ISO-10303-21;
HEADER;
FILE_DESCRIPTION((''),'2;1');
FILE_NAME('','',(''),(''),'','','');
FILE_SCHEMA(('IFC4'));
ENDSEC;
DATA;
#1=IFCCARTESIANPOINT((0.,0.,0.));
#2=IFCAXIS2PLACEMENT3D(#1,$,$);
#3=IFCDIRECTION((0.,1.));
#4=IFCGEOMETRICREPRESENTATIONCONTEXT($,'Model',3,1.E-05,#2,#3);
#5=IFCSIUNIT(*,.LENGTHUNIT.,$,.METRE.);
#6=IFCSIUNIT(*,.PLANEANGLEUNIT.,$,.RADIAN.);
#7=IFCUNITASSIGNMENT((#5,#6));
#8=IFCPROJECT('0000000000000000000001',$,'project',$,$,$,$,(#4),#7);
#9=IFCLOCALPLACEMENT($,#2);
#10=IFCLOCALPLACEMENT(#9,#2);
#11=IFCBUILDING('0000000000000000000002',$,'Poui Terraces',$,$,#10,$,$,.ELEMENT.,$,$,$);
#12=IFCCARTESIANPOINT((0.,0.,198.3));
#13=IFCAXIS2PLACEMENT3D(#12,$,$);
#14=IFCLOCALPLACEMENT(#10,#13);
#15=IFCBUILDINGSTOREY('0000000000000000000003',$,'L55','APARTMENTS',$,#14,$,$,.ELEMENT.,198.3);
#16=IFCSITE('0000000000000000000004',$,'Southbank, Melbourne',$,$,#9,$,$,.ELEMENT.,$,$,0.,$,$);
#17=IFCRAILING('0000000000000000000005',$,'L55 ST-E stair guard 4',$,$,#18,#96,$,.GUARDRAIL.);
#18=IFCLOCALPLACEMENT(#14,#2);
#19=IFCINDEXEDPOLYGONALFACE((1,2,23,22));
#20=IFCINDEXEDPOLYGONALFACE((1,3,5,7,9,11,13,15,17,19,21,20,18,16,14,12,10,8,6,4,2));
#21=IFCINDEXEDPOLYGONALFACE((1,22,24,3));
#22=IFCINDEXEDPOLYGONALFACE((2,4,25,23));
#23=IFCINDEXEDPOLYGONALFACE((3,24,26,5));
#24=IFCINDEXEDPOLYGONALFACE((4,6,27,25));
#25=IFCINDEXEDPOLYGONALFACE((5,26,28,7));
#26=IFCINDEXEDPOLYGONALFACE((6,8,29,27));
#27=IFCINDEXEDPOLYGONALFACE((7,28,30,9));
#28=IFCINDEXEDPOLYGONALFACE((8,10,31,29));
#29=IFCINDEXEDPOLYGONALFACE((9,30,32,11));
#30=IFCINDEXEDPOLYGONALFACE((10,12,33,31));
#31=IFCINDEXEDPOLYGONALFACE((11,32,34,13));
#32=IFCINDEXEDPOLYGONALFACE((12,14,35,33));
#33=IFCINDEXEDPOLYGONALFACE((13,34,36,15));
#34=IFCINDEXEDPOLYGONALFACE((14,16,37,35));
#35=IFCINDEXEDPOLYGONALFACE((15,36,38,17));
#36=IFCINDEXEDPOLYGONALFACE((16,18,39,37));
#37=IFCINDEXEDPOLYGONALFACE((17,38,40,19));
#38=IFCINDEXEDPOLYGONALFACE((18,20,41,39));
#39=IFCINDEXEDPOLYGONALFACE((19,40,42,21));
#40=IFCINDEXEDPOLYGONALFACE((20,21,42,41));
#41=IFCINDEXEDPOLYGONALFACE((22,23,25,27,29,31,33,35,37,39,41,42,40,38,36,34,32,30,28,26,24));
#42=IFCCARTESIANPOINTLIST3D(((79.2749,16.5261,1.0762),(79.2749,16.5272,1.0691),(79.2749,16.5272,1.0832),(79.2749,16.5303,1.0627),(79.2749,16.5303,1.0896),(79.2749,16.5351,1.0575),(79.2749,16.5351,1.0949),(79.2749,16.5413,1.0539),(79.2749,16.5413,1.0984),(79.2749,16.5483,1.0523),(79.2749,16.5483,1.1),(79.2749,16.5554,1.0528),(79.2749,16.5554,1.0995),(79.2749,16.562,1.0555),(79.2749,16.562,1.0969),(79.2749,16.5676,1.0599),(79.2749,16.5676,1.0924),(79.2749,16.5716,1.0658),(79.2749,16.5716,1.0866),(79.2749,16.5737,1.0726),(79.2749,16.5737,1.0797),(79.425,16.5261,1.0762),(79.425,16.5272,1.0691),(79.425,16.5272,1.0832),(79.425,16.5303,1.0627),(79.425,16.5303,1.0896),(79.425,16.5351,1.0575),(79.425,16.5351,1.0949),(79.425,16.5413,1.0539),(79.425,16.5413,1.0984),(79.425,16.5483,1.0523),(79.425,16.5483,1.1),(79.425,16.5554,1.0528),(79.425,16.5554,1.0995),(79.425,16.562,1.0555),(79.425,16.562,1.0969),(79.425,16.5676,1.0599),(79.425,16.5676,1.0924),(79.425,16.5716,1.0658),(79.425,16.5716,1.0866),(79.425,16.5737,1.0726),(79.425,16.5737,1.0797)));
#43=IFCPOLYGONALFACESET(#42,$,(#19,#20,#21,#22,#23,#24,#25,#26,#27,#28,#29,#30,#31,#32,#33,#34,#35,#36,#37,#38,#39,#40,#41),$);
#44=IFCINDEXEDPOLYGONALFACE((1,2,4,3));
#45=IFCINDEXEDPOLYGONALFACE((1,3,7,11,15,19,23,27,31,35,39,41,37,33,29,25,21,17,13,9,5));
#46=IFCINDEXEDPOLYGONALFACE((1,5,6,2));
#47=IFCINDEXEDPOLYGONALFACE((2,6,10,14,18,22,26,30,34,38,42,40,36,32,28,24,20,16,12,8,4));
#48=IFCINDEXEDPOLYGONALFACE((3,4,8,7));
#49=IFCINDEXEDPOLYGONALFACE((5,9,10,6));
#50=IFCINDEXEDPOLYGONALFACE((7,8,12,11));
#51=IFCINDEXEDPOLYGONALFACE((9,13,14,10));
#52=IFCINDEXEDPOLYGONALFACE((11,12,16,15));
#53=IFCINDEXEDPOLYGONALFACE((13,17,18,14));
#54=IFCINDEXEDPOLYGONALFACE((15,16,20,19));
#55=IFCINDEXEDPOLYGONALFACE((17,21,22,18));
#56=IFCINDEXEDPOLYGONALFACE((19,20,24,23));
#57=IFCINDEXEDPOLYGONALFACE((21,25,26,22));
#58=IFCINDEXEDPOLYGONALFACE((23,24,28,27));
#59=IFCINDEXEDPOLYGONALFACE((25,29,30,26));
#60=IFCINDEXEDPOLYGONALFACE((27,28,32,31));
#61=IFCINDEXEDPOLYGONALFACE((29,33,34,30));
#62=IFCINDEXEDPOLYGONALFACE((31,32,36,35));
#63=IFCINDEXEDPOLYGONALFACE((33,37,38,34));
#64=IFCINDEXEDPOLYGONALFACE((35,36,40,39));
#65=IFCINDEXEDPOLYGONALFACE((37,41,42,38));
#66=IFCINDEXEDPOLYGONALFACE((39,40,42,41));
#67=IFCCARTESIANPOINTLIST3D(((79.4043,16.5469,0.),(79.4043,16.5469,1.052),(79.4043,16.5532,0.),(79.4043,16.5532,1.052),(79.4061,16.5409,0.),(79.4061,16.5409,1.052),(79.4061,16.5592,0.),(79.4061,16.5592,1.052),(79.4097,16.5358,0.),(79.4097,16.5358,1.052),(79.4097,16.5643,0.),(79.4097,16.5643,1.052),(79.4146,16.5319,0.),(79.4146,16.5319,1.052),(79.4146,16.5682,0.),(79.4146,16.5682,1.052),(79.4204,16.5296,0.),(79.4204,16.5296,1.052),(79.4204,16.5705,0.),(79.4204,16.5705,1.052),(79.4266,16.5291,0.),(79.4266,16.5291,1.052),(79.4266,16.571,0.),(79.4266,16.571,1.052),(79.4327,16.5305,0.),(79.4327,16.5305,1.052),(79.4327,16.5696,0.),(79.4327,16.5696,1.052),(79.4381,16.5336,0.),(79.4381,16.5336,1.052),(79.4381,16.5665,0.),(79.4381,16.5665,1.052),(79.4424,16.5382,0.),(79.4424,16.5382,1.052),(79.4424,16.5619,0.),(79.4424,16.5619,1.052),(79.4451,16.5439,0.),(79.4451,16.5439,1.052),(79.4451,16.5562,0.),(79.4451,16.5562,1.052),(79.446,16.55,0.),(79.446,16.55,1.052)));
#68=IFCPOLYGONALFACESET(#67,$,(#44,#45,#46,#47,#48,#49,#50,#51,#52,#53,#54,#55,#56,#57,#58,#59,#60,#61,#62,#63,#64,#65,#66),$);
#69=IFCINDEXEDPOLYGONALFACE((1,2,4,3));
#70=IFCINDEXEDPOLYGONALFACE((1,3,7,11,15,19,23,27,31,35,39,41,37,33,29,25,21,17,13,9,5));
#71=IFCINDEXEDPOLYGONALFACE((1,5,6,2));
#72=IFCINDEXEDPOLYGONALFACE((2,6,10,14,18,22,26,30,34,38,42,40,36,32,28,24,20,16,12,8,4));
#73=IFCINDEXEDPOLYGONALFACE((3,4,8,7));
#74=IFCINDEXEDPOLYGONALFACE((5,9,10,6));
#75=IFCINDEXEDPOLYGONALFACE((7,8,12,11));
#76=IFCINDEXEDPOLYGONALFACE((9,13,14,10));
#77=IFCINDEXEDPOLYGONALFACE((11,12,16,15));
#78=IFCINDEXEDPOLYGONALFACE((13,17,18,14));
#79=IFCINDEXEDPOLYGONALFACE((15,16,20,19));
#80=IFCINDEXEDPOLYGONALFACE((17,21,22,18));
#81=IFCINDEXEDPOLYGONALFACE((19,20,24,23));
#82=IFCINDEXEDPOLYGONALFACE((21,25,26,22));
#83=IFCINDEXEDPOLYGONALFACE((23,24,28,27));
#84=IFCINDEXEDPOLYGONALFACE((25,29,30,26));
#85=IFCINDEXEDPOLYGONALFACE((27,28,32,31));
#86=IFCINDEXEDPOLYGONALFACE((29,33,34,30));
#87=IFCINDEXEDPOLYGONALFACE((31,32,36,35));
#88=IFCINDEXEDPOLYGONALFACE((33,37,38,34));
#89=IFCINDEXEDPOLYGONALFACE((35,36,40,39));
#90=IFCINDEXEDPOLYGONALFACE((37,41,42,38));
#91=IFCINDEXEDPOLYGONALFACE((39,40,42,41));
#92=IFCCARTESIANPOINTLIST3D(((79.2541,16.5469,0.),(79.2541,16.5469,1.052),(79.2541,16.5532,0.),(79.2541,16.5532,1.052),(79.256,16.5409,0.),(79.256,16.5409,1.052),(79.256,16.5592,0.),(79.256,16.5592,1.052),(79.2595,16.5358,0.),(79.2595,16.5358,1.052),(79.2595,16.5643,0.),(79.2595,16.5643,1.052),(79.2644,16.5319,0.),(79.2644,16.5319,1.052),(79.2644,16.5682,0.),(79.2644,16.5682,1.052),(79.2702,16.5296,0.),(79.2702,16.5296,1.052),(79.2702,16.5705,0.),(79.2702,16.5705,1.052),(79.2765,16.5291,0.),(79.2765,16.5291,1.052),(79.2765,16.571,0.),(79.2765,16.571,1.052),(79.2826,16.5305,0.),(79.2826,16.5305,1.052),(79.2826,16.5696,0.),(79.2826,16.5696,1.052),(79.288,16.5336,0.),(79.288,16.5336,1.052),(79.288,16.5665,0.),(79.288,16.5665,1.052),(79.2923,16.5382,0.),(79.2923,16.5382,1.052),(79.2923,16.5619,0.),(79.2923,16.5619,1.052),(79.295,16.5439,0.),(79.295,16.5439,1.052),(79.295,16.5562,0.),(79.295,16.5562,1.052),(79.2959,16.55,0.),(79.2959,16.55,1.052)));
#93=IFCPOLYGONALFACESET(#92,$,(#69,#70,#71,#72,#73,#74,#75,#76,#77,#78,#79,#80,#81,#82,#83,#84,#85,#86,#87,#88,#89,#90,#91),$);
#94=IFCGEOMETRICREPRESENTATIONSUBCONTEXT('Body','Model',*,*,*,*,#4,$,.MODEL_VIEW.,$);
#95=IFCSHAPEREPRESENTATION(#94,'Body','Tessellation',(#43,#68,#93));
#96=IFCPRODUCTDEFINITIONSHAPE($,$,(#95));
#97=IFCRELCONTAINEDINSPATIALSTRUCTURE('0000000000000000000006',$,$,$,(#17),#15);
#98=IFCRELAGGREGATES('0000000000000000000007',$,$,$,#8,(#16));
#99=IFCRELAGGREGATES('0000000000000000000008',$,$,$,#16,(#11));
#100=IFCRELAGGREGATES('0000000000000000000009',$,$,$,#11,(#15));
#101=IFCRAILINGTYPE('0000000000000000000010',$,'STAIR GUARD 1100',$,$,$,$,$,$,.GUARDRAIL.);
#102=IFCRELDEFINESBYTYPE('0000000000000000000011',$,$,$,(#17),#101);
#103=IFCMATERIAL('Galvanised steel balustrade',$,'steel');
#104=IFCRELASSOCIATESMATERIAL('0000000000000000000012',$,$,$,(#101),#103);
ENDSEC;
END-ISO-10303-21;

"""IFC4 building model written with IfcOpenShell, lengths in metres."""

from ifc_helpers import new_model, si_unit, direction, frame, origin, origin_2d, place, context, subcontext, project, spatial, circle, extrude, material, type_object, element, save


model = new_model("IFC4")

# Units and contexts
model_context = context("Model", 3, precision=1e-05, world=origin(), true_north=direction((0.0, 1.0)))
body_context = subcontext(model_context, "Body", "Model", "MODEL_VIEW")
ifc_project = project(units=[si_unit("LENGTHUNIT", "METRE"), si_unit("PLANEANGLEUNIT", "RADIAN")], contexts=[model_context])

# Site, building, storey
site_placement = place(None, origin())
site = spatial("IfcSite", under=ifc_project, at=site_placement, Name="Southbank, Melbourne", CompositionType="ELEMENT", RefElevation=0.0)
building_placement = place(site_placement, origin())
building = spatial("IfcBuilding", under=site, at=building_placement, Name="Poui Terraces", CompositionType="ELEMENT")
storey_placement = place(building_placement, frame((0.0, 0.0, 198.3)))
storey = spatial("IfcBuildingStorey", under=building, at=storey_placement, Name="L55", Description="APARTMENTS", CompositionType="ELEMENT", Elevation=198.3)

# Railing
ifc_material_1 = material(Name="Galvanised steel balustrade", Category="steel")
railing_type_1 = type_object("IfcRailingType", Name="STAIR GUARD 1100", PredefinedType="GUARDRAIL", material=ifc_material_1)
railing_1_placement = place(storey_placement, frame((79.425, 16.55, 0.0)))
element("IfcRailing", 1, at=railing_1_placement, inside=storey, type_object=railing_type_1, Name="L55 ST-E stair guard 4", PredefinedType="GUARDRAIL", context=body_context, shape_type="SweptSolid", body=[
    extrude(circle(Radius=0.0239, at=origin_2d()), frame((0.0, 0.0, 1.0762), z_axis=(-1.0, 0.0, 0.0), x_axis=(0.0, -1.0, 0.0)), (0.0, 0.0, 1.0), 0.1501),
    extrude(circle(Radius=0.021, at=origin_2d()), origin(), (0.0, 0.0, 1.0), 1.052),
    extrude(circle(Radius=0.021, at=origin_2d()), frame((-0.1501, 0.0, 0.0)), (0.0, 0.0, 1.0), 1.052),
])

save(model, "model.ifc")
